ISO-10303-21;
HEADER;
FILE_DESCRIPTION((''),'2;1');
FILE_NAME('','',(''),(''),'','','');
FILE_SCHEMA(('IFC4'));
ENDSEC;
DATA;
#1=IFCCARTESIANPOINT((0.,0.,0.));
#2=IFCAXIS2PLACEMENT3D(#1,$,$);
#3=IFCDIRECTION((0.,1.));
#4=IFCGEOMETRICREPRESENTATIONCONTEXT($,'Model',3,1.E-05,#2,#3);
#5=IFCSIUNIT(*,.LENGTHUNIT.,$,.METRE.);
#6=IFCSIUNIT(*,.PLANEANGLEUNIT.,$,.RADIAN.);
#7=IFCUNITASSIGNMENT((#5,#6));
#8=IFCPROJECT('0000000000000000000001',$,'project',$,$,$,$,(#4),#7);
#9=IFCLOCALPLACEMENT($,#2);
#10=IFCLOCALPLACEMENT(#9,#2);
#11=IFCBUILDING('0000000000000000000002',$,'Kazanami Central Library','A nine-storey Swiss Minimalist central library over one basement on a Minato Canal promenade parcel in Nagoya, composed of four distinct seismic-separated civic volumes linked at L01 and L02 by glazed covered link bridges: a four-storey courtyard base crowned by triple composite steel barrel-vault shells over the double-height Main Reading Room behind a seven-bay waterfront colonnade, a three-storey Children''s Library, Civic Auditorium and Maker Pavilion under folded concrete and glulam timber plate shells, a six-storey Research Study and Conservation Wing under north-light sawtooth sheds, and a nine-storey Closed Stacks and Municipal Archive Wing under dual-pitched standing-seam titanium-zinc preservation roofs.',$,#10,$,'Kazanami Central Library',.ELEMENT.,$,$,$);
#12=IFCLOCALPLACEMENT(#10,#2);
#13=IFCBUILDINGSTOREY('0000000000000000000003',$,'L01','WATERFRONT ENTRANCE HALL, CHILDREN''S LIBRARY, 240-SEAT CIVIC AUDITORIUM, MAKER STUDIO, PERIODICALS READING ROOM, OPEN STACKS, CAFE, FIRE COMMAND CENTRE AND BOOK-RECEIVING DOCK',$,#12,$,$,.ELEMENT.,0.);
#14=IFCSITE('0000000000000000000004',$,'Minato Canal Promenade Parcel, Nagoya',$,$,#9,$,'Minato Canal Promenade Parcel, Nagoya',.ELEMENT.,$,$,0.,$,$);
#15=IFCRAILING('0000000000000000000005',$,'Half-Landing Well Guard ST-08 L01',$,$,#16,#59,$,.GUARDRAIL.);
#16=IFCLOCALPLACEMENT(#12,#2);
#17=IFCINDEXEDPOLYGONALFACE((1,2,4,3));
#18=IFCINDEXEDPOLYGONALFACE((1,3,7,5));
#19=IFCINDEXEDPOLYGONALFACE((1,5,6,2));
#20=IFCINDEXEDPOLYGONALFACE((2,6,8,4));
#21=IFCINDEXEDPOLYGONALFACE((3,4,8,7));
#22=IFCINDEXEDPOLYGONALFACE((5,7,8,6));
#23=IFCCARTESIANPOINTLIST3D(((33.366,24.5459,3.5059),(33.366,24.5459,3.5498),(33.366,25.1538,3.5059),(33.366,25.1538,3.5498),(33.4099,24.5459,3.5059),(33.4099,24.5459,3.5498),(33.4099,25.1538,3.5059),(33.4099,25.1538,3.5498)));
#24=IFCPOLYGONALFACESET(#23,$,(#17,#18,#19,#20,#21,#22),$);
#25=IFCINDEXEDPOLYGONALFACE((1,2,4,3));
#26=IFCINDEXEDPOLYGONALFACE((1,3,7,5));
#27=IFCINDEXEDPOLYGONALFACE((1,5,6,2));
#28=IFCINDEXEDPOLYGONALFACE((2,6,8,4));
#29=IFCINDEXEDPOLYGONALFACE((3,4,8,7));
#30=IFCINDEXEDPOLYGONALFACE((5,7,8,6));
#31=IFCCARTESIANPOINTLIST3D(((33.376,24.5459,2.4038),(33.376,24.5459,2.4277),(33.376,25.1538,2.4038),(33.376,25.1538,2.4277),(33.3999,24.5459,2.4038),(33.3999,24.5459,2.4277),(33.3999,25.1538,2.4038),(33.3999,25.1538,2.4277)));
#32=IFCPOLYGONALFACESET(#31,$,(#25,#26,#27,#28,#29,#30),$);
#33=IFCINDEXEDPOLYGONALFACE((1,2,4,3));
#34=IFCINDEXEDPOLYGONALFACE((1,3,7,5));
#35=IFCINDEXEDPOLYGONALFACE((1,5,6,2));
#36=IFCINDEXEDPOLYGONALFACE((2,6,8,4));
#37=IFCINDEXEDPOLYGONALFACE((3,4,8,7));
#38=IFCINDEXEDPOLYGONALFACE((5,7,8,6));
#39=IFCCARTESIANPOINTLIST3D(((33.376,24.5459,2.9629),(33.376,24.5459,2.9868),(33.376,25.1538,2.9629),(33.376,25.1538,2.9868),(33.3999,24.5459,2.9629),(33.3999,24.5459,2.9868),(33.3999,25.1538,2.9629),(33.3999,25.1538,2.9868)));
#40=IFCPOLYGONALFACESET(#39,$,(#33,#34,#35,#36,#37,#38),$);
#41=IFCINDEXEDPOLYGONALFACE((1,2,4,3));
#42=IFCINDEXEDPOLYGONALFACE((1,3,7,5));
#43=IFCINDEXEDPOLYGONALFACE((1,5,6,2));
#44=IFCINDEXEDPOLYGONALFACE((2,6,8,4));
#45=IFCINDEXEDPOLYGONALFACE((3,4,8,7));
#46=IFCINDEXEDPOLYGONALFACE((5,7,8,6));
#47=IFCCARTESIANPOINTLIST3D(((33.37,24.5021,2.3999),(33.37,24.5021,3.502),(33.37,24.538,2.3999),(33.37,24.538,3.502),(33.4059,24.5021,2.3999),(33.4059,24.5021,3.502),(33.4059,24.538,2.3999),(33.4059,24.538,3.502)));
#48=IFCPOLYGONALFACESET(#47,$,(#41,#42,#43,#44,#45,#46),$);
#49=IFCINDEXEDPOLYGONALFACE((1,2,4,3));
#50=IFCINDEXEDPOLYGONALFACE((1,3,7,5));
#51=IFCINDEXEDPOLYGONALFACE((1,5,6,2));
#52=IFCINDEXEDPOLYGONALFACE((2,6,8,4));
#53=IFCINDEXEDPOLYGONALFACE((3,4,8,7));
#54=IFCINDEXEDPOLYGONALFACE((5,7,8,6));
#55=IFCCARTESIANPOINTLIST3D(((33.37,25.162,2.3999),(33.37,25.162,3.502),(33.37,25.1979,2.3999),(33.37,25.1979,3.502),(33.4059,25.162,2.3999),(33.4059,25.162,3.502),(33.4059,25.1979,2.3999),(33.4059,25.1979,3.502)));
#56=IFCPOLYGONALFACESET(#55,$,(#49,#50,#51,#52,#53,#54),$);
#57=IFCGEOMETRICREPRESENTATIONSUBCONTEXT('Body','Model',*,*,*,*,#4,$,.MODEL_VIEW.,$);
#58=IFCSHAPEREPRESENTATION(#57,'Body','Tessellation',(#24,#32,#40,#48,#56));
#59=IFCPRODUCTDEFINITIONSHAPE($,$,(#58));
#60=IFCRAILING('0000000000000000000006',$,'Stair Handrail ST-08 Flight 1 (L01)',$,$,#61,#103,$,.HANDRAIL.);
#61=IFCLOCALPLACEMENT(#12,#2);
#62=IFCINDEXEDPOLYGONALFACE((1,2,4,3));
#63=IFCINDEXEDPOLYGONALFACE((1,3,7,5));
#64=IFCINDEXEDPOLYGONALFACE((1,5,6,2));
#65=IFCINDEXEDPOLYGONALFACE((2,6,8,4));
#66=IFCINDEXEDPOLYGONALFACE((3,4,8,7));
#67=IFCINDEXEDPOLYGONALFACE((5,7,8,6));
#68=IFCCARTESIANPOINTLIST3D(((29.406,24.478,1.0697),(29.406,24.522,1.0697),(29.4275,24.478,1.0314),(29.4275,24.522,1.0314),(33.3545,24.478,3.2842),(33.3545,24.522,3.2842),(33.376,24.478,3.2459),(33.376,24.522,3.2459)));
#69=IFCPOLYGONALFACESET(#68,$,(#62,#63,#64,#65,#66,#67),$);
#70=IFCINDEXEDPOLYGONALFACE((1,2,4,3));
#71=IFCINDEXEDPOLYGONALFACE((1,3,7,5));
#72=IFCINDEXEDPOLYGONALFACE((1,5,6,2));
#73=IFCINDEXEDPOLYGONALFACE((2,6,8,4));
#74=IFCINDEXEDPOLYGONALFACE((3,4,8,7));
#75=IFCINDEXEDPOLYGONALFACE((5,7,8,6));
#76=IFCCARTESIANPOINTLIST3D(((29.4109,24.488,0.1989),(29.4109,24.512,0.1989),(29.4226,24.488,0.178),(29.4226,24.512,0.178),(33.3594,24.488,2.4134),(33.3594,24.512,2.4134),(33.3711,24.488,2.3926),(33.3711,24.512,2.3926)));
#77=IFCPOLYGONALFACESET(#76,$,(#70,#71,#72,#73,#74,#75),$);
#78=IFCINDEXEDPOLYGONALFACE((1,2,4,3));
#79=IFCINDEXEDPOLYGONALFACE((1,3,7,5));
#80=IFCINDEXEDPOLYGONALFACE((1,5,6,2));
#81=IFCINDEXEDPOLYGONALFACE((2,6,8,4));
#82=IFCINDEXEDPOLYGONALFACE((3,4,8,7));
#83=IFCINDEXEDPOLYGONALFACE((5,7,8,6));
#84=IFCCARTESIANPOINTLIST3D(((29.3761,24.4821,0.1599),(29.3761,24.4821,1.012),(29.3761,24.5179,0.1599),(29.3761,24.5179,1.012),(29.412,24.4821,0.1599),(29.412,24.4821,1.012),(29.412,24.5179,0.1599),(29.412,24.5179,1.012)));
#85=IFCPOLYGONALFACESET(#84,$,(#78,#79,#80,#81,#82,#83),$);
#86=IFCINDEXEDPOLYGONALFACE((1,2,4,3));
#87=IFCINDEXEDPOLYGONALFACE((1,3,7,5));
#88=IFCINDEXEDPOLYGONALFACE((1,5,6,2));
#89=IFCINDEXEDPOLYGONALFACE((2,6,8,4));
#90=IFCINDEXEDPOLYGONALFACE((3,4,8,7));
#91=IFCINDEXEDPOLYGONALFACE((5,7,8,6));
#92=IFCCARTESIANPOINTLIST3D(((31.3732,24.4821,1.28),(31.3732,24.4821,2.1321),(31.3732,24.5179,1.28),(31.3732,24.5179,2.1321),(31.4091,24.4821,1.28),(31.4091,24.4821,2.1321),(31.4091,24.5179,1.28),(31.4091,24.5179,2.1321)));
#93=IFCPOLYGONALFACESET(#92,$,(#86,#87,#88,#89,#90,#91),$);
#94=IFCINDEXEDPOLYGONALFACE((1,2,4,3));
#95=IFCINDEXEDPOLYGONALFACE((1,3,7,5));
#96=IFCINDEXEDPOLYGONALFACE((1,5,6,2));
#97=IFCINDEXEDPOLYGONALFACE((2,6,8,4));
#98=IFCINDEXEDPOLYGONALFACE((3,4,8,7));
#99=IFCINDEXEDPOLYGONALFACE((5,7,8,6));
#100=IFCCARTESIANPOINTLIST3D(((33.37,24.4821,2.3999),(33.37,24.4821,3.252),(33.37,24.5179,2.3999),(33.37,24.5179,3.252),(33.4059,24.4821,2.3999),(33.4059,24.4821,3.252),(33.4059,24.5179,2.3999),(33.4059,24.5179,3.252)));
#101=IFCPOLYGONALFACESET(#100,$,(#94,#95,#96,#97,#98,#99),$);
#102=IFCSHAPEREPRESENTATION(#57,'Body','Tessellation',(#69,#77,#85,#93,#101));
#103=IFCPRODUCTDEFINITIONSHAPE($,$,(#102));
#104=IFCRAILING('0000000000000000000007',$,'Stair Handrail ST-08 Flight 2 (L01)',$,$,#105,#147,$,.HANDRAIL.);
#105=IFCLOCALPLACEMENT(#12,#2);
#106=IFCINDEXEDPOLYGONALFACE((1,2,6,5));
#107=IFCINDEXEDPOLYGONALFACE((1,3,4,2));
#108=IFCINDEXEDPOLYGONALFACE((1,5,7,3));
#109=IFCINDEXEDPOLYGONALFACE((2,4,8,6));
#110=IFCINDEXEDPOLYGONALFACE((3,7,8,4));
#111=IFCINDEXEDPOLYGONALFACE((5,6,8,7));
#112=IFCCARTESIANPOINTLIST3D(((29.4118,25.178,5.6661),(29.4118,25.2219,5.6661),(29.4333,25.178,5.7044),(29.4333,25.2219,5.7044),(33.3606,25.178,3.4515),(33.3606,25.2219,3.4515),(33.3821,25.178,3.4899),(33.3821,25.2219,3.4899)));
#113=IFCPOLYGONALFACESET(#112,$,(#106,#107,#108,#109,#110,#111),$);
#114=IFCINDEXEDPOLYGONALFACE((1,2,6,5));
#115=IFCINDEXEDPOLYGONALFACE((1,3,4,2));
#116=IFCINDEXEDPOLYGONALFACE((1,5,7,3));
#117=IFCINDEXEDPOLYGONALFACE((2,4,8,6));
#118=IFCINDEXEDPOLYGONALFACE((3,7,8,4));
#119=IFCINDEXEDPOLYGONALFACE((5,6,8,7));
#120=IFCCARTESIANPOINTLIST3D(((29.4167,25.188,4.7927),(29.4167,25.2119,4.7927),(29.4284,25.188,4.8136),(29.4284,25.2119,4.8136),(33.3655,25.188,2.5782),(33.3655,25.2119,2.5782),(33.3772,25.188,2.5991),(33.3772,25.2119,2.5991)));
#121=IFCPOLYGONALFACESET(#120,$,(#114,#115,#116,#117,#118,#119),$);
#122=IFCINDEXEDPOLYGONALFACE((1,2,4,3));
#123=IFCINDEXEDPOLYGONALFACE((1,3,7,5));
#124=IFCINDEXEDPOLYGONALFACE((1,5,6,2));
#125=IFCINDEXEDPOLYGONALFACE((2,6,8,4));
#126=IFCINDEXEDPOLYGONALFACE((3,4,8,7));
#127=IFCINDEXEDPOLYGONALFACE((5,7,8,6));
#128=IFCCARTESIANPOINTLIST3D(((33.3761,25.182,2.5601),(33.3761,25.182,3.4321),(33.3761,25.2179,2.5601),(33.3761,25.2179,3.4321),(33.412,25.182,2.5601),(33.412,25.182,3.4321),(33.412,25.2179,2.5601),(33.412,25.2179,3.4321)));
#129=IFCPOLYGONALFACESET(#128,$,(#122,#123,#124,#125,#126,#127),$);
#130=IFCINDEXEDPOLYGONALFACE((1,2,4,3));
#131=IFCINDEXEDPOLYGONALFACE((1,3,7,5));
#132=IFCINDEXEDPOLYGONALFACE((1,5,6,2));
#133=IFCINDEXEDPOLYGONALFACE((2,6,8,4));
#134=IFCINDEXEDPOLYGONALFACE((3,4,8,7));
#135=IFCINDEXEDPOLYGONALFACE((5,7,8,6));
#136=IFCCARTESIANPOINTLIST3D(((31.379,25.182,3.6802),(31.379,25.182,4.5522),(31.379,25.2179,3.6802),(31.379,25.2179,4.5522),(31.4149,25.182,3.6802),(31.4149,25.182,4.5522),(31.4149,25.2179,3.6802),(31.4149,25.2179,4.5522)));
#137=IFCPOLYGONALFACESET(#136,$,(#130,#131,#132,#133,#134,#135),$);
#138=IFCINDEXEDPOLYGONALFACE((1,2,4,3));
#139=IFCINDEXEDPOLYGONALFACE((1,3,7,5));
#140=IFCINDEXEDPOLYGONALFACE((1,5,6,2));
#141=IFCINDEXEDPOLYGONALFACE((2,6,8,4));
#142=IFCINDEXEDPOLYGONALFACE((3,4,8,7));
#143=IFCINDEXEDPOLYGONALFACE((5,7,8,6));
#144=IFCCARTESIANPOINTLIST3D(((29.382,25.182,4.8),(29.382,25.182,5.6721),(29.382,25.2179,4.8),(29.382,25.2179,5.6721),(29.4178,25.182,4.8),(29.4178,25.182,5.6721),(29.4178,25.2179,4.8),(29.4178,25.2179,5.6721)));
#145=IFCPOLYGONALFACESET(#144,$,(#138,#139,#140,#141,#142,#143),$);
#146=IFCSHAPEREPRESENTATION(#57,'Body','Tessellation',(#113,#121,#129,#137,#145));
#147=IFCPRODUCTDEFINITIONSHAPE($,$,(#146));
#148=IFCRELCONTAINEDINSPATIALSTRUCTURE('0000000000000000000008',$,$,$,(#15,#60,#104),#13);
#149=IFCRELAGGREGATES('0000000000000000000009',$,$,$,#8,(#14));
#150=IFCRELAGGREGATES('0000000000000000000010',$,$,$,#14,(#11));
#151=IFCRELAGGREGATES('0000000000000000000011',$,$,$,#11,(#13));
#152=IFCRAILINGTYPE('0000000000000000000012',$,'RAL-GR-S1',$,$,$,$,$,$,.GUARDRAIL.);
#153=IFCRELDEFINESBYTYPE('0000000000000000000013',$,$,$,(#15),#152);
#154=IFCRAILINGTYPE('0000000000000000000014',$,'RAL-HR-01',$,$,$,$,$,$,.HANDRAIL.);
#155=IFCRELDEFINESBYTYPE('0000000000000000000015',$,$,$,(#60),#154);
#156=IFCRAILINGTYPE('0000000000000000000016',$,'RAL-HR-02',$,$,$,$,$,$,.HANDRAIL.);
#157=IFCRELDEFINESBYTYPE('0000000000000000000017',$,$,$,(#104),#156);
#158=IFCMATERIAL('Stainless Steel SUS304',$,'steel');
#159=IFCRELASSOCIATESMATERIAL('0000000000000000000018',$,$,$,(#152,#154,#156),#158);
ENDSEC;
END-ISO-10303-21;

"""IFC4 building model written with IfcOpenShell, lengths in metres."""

from ifc_helpers import new_model, si_unit, direction, frame, origin, origin_2d, place, context, subcontext, project, spatial, rectangle, extrude, material, type_object, element, save


model = new_model("IFC4")

# Units and contexts
model_context = context("Model", 3, precision=1e-05, world=origin(), true_north=direction((0.0, 1.0)))
body_context = subcontext(model_context, "Body", "Model", "MODEL_VIEW")
ifc_project = project(units=[si_unit("LENGTHUNIT", "METRE"), si_unit("PLANEANGLEUNIT", "RADIAN")], contexts=[model_context])

# Site, building, storey
site_placement = place(None, origin())
site = spatial("IfcSite", under=ifc_project, at=site_placement, Name="Minato Canal Promenade Parcel, Nagoya", LongName="Minato Canal Promenade Parcel, Nagoya", CompositionType="ELEMENT", RefElevation=0.0)
building_placement = place(site_placement, origin())
building = spatial("IfcBuilding", under=site, at=building_placement, Name="Kazanami Central Library", Description="A nine-storey Swiss Minimalist central library over one basement on a Minato Canal promenade parcel in Nagoya, composed of four distinct seismic-separated civic volumes linked at L01 and L02 by glazed covered link bridges: a four-storey courtyard base crowned by triple composite steel barrel-vault shells over the double-height Main Reading Room behind a seven-bay waterfront colonnade, a three-storey Children's Library, Civic Auditorium and Maker Pavilion under folded concrete and glulam timber plate shells, a six-storey Research Study and Conservation Wing under north-light sawtooth sheds, and a nine-storey Closed Stacks and Municipal Archive Wing under dual-pitched standing-seam titanium-zinc preservation roofs.", LongName="Kazanami Central Library", CompositionType="ELEMENT")
storey_placement = place(building_placement, origin())
storey = spatial("IfcBuildingStorey", under=building, at=storey_placement, Name="L01", Description="WATERFRONT ENTRANCE HALL, CHILDREN'S LIBRARY, 240-SEAT CIVIC AUDITORIUM, MAKER STUDIO, PERIODICALS READING ROOM, OPEN STACKS, CAFE, FIRE COMMAND CENTRE AND BOOK-RECEIVING DOCK", CompositionType="ELEMENT", Elevation=0.0)

# Railings
ifc_material_1 = material(Name="Stainless Steel SUS304", Category="steel")
railing_type_1 = type_object("IfcRailingType", Name="RAL-GR-S1", PredefinedType="GUARDRAIL", material=ifc_material_1)
railing_1_placement = place(storey_placement, frame((33.3879, 24.52, 2.3999)))
element("IfcRailing", 1, at=railing_1_placement, inside=storey, type_object=railing_type_1, Name="Half-Landing Well Guard ST-08 L01", PredefinedType="GUARDRAIL", context=body_context, shape_type="SweptSolid", body=[
    extrude(rectangle(XDim=0.0439, YDim=0.0439, at=origin_2d()), frame((0.0, 0.0259, 1.1279), z_axis=(0.0, 1.0, 0.0), x_axis=(-1.0, 0.0, 0.0)), (0.0, 0.0, 1.0), 0.6079),
    extrude(rectangle(XDim=0.0239, YDim=0.0239, at=origin_2d()), frame((0.0, 0.0259, 0.0159), z_axis=(0.0, 1.0, 0.0), x_axis=(-1.0, 0.0, 0.0)), (0.0, 0.0, 1.0), 0.6079),
    extrude(rectangle(XDim=0.0239, YDim=0.0239, at=origin_2d()), frame((0.0, 0.0259, 0.575), z_axis=(0.0, 1.0, 0.0), x_axis=(-1.0, 0.0, 0.0)), (0.0, 0.0, 1.0), 0.6079),
    extrude(rectangle(XDim=0.0359, YDim=0.0359, at=origin_2d()), origin(), (0.0, 0.0, 1.0), 1.1021),
    extrude(rectangle(XDim=0.0359, YDim=0.0359, at=origin_2d()), frame((0.0, 0.6599, 0.0)), (0.0, 0.0, 1.0), 1.1021),
])
railing_type_2 = type_object("IfcRailingType", Name="RAL-HR-01", PredefinedType="HANDRAIL", material=ifc_material_1)
railing_2_placement = place(storey_placement, frame((29.394, 24.5, 0.1599)))
element("IfcRailing", 2, at=railing_2_placement, inside=storey, type_object=railing_type_2, Name="Stair Handrail ST-08 Flight 1 (L01)", PredefinedType="HANDRAIL", context=body_context, shape_type="SweptSolid", body=[
    extrude(rectangle(XDim=0.0439, YDim=0.0439, at=origin_2d()), frame((0.0227, 0.0, 0.8906), z_axis=(0.872189, 0.0, 0.48917), x_axis=(0.0, 1.0, 0.0)), (0.0, 0.0, 1.0), 4.5271),
    extrude(rectangle(XDim=0.0239, YDim=0.0239, at=origin_2d()), frame((0.0227, 0.0, 0.0286), z_axis=(0.872189, 0.0, 0.48917), x_axis=(0.0, 1.0, 0.0)), (0.0, 0.0, 1.0), 4.5271),
    extrude(rectangle(XDim=0.0359, YDim=0.0359, at=origin_2d()), origin(), (0.0, 0.0, 1.0), 0.8521),
    extrude(rectangle(XDim=0.0359, YDim=0.0359, at=origin_2d()), frame((1.9971, 0.0, 1.1201)), (0.0, 0.0, 1.0), 0.8521),
    extrude(rectangle(XDim=0.0359, YDim=0.0359, at=origin_2d()), frame((3.9939, 0.0, 2.24)), (0.0, 0.0, 1.0), 0.8521),
])
railing_type_3 = type_object("IfcRailingType", Name="RAL-HR-02", PredefinedType="HANDRAIL", material=ifc_material_1)
railing_3_placement = place(storey_placement, frame((33.394, 25.2, 2.5601)))
element("IfcRailing", 3, at=railing_3_placement, inside=storey, type_object=railing_type_3, Name="Stair Handrail ST-08 Flight 2 (L01)", PredefinedType="HANDRAIL", context=body_context, shape_type="SweptSolid", body=[
    extrude(rectangle(XDim=0.0439, YDim=0.0439, at=origin_2d()), frame((-0.0227, 0.0, 0.9106), z_axis=(-0.872201, 0.0, 0.489147), x_axis=(0.0, -1.0, 0.0)), (0.0, 0.0, 1.0), 4.5273),
    extrude(rectangle(XDim=0.0239, YDim=0.0239, at=origin_2d()), frame((-0.0227, 0.0, 0.0286), z_axis=(-0.872201, 0.0, 0.489147), x_axis=(0.0, -1.0, 0.0)), (0.0, 0.0, 1.0), 4.5273),
    extrude(rectangle(XDim=0.0359, YDim=0.0359, at=origin_2d()), origin(), (0.0, 0.0, 1.0), 0.8721),
    extrude(rectangle(XDim=0.0359, YDim=0.0359, at=origin_2d()), frame((-1.9971, 0.0, 1.1201)), (0.0, 0.0, 1.0), 0.8721),
    extrude(rectangle(XDim=0.0359, YDim=0.0359, at=origin_2d()), frame((-3.9941, 0.0, 2.24)), (0.0, 0.0, 1.0), 0.8721),
])

save(model, "model.ifc")
